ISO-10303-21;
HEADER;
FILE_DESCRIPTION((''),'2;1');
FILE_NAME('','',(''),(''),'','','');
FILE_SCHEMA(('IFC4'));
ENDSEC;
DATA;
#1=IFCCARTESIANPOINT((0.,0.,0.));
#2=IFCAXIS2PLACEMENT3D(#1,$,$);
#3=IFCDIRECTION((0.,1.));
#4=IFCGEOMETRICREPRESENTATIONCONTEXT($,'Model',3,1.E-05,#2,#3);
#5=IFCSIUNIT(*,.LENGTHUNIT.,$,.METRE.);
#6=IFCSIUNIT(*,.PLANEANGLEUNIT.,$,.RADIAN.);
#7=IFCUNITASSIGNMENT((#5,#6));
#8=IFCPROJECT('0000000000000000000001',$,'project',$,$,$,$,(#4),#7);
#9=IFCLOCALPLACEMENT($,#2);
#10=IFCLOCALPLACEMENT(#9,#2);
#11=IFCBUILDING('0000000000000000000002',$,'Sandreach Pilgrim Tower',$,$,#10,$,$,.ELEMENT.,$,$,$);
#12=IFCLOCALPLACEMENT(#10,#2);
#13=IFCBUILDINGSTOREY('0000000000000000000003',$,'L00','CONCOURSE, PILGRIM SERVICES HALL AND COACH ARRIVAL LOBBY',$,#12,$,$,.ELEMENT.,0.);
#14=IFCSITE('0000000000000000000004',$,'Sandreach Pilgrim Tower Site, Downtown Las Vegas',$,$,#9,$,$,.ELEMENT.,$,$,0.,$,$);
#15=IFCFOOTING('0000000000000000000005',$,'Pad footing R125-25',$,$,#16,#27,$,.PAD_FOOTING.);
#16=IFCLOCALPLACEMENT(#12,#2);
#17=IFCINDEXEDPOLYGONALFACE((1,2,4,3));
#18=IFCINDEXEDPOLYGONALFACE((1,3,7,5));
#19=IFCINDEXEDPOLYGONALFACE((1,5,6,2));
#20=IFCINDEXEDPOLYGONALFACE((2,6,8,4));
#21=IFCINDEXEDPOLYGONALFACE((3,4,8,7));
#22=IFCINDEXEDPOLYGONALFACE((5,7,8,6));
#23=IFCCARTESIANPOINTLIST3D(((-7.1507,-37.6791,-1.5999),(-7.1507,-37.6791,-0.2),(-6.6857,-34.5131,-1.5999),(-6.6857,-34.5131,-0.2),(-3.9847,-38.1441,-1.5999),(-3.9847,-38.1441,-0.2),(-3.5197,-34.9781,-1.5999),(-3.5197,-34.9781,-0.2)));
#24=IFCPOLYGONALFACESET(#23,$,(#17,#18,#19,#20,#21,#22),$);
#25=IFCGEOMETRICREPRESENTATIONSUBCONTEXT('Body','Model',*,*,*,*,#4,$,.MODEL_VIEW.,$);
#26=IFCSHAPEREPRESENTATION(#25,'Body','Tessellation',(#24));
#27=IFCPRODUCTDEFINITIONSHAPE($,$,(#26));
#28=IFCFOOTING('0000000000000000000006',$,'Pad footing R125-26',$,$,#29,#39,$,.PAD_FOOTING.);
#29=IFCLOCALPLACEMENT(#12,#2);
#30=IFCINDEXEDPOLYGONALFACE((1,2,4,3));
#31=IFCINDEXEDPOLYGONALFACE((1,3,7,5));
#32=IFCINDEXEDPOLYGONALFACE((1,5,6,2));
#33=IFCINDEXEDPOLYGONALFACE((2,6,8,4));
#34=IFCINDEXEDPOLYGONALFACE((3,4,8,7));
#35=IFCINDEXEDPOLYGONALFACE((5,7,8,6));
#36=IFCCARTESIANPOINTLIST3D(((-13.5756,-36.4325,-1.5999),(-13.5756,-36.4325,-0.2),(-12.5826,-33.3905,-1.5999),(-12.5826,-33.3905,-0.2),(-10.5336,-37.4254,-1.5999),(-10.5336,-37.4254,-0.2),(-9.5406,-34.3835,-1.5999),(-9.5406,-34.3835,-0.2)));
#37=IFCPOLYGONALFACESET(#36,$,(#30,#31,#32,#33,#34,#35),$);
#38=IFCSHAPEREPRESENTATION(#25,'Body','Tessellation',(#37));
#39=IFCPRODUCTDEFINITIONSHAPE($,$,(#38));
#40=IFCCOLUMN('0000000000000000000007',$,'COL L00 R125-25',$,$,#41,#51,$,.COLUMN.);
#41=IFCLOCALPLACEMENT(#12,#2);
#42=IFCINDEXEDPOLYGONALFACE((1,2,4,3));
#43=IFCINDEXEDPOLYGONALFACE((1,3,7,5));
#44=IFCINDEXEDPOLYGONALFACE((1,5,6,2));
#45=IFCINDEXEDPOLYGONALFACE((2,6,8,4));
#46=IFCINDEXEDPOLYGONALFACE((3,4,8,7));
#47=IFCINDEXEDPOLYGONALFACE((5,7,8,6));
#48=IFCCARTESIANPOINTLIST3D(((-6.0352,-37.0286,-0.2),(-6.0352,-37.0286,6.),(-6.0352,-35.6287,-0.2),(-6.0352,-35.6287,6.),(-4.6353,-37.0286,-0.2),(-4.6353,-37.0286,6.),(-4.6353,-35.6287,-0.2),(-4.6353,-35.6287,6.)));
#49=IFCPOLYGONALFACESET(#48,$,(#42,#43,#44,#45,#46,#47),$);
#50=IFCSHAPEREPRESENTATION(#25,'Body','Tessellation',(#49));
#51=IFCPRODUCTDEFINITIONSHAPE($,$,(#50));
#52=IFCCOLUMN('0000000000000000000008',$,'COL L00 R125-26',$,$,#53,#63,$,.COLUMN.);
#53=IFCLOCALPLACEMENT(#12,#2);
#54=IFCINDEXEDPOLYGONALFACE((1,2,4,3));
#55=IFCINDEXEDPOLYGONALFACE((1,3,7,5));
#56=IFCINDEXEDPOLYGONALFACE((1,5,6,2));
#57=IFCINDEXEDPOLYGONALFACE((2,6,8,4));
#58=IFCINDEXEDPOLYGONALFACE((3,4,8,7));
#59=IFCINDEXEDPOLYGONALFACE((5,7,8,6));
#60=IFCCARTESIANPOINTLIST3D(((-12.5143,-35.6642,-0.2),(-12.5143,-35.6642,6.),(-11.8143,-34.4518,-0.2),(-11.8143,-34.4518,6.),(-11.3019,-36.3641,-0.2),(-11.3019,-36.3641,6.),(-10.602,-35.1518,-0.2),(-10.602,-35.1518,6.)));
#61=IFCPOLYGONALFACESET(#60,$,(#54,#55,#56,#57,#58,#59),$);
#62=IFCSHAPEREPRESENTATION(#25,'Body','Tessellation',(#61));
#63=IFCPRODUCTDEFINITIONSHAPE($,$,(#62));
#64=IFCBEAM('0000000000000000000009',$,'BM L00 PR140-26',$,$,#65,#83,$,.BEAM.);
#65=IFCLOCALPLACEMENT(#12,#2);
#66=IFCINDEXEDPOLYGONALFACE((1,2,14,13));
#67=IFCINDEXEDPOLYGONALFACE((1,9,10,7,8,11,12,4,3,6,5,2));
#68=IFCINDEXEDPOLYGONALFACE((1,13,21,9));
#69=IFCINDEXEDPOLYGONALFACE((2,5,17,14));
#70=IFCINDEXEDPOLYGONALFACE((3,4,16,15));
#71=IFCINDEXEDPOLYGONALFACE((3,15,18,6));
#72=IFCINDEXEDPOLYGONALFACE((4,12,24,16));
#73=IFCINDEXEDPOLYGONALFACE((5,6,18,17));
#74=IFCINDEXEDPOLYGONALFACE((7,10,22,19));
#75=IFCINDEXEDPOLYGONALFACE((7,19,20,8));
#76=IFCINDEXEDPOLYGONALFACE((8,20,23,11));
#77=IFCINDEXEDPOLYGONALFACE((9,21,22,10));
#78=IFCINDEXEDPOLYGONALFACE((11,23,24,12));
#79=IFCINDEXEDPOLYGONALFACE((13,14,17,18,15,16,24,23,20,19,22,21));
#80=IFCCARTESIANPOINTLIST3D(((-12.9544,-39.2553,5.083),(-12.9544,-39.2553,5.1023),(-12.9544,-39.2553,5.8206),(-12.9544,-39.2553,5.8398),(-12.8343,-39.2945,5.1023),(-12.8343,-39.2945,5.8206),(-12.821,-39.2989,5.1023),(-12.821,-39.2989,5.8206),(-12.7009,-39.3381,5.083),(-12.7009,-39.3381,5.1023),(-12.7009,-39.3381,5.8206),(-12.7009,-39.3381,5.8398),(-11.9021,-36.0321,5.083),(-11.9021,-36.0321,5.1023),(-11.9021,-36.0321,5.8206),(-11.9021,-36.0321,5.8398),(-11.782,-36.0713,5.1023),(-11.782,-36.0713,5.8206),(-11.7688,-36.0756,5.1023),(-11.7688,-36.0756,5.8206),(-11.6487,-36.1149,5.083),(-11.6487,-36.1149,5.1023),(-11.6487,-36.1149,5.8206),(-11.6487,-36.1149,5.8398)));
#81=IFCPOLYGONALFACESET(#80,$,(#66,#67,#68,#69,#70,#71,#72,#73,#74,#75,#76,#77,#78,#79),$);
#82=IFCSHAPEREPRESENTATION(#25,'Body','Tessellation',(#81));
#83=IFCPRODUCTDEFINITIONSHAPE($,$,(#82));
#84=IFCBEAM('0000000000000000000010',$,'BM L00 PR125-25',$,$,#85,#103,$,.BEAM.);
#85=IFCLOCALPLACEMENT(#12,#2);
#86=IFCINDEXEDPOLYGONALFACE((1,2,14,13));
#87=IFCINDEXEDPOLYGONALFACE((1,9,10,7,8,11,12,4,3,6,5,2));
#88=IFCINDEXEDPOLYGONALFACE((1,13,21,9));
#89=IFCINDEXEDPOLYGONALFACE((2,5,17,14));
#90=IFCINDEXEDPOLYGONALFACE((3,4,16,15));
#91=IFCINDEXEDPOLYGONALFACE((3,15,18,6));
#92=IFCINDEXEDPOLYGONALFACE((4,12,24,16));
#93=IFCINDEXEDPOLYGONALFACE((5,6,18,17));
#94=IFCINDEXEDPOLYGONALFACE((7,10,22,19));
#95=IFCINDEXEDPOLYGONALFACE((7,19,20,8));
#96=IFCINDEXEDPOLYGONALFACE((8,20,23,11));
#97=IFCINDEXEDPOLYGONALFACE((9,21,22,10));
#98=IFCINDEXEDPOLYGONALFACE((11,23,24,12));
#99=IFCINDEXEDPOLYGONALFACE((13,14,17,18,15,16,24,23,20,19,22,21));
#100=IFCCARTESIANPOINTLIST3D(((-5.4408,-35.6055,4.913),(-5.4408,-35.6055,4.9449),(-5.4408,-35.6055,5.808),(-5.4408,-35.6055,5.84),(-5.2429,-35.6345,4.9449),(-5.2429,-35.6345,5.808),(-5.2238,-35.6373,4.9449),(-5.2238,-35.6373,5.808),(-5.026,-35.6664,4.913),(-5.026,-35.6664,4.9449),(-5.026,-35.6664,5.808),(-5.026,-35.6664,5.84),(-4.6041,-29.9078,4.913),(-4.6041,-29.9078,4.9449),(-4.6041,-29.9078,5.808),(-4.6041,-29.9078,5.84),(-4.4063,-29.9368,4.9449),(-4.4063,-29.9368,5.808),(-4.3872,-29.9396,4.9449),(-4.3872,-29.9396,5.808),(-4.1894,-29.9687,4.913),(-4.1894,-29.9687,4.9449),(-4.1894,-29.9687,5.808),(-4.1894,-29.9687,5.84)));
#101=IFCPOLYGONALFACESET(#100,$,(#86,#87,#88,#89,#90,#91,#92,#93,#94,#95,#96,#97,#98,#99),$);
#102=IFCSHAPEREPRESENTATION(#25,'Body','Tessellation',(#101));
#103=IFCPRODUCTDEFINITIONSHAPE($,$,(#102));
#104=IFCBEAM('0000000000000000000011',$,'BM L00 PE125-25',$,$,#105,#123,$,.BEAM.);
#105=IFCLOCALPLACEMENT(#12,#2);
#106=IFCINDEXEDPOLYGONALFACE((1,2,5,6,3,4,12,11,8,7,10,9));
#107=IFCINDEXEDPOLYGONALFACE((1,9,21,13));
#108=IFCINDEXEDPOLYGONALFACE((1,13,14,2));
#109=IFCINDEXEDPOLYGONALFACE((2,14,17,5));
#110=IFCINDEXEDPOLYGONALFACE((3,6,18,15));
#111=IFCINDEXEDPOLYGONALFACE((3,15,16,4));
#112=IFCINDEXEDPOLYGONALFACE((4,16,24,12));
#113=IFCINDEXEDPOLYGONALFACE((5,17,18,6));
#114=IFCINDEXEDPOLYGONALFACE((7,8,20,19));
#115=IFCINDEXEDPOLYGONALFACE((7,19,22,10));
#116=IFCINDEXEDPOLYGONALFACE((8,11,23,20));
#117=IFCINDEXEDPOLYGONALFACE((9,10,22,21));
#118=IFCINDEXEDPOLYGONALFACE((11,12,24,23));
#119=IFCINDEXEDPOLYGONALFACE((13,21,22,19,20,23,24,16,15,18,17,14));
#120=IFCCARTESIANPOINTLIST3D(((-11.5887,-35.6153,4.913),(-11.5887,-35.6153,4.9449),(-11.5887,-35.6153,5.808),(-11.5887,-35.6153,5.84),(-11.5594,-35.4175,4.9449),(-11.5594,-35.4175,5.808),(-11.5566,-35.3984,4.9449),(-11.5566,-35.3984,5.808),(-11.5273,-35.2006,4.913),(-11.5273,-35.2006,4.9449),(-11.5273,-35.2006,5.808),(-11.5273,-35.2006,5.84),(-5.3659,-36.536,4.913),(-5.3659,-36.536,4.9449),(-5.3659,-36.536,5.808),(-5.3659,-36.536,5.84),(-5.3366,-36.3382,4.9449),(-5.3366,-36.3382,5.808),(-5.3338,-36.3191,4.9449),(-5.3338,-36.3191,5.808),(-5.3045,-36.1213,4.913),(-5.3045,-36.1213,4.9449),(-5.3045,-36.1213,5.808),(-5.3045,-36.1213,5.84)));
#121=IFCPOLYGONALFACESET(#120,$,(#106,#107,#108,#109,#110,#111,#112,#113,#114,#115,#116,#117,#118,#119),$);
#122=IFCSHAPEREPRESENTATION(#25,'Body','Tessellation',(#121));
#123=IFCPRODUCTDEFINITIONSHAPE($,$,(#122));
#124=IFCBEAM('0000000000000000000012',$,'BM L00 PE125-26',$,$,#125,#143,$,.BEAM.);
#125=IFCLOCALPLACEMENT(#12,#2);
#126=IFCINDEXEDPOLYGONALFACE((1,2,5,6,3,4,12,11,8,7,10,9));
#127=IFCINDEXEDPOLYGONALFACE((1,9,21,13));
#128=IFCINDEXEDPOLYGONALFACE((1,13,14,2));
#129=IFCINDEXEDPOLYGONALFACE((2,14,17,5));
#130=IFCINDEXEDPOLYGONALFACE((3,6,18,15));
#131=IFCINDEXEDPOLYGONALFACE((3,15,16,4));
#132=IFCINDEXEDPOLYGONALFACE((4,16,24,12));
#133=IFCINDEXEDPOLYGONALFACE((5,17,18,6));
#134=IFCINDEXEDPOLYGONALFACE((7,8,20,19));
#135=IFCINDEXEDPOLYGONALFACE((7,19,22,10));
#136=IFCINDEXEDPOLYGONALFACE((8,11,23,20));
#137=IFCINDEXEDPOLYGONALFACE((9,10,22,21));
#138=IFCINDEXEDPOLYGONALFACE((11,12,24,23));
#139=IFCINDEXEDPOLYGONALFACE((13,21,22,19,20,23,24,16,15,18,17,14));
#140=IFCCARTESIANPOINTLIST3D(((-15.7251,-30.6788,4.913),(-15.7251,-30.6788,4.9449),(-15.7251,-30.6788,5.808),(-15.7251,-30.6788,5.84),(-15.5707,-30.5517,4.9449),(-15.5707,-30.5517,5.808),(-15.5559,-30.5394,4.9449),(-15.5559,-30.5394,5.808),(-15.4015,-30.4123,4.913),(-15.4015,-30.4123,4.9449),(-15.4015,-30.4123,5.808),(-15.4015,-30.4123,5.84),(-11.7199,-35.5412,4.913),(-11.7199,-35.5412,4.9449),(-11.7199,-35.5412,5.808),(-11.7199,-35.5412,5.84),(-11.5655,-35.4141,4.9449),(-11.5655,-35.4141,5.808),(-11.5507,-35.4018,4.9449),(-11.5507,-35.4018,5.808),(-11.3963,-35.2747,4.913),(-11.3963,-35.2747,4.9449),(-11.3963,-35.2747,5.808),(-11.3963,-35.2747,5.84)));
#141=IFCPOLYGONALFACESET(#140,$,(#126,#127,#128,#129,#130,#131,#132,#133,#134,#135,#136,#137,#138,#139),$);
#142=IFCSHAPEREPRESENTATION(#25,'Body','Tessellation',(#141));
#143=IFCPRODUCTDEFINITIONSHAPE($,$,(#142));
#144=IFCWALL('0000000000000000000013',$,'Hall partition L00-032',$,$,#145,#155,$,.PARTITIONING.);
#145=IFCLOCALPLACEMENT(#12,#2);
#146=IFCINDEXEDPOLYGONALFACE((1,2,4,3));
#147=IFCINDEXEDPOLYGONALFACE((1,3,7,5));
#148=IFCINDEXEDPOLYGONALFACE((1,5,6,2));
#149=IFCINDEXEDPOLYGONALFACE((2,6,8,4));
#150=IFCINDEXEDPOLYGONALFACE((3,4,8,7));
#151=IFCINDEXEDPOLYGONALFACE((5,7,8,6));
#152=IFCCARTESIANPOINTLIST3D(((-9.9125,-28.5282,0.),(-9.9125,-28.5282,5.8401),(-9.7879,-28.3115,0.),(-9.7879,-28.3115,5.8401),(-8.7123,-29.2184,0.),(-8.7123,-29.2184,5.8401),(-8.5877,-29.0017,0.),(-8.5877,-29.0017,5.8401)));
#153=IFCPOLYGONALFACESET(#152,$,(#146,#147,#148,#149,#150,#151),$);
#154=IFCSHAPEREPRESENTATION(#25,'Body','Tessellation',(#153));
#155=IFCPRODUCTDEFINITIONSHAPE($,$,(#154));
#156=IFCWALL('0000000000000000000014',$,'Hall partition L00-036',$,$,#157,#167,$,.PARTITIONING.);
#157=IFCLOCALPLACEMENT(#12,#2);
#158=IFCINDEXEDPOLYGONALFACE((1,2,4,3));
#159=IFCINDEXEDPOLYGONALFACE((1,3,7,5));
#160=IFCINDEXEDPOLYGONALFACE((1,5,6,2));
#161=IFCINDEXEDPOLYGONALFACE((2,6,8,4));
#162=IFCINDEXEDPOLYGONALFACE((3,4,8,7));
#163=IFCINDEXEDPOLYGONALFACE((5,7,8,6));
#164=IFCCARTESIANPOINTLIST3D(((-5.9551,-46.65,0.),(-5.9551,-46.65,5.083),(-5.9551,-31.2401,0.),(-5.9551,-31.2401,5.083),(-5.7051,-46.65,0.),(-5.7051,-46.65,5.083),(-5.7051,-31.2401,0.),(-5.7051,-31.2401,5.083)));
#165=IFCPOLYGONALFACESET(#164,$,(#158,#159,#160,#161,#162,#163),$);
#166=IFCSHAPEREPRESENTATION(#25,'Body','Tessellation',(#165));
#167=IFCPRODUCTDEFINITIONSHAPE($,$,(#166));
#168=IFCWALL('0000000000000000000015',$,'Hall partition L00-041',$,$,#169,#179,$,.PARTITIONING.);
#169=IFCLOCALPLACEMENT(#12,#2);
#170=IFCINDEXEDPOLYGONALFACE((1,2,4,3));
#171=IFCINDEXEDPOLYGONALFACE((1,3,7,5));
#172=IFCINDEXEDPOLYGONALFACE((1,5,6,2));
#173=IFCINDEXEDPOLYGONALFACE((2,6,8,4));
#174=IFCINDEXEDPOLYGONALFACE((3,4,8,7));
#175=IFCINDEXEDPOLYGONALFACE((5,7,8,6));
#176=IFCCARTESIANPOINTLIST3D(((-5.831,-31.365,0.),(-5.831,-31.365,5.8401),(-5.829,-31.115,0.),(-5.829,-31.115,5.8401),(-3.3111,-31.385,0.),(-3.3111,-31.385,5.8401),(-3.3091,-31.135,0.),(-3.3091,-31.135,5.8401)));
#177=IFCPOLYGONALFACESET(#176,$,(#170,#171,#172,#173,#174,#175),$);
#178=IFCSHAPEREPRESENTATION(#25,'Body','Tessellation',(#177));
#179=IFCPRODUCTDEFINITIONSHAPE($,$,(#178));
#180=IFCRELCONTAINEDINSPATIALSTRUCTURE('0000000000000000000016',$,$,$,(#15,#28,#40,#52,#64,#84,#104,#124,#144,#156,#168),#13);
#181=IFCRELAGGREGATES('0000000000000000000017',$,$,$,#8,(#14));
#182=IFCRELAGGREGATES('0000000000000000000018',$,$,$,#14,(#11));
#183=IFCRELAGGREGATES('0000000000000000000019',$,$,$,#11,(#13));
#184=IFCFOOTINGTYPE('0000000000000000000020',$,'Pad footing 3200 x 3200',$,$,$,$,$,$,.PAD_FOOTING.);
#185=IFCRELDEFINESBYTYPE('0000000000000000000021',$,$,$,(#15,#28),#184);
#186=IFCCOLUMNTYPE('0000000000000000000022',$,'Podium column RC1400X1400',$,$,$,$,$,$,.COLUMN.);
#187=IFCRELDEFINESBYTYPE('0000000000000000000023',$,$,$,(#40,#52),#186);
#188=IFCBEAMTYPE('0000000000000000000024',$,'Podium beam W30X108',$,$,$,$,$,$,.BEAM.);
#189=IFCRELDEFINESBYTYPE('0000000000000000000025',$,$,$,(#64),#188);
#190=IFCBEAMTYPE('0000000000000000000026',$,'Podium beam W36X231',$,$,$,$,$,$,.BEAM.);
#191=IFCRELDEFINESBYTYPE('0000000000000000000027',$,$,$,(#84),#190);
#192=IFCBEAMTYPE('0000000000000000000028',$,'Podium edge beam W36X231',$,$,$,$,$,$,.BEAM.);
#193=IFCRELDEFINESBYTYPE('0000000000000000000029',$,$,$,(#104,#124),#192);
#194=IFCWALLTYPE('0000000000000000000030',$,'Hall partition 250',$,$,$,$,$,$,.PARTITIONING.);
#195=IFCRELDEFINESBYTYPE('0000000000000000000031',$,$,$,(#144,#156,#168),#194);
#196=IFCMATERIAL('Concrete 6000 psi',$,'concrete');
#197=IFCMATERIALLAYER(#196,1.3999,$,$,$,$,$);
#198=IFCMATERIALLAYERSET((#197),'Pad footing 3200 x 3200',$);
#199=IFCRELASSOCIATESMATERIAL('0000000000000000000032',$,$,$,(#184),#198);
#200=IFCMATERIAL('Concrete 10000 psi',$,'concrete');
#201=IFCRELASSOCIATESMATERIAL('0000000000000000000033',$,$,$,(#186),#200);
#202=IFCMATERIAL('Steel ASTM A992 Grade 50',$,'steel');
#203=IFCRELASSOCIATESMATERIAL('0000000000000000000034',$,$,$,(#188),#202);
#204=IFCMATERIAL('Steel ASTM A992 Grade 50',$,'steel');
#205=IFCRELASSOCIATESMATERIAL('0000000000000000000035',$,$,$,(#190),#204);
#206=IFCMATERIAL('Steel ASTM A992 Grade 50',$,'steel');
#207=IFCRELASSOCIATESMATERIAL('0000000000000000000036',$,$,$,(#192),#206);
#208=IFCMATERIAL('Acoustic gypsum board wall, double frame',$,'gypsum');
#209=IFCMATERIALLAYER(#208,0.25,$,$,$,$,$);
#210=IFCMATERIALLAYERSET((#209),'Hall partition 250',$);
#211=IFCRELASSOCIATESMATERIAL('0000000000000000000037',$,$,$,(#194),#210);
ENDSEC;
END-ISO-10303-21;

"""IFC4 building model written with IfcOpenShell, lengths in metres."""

from ifc_helpers import new_model, si_unit, direction, frame, frame_2d, origin, origin_2d, place, context, subcontext, project, spatial, rectangle, i_section, extrude, material, layer, layer_set, material_profile, profile_set, type_object, element, save


model = new_model("IFC4")

# Units and contexts
model_context = context("Model", 3, precision=1e-05, world=origin(), true_north=direction((0.0, 1.0)))
body_context = subcontext(model_context, "Body", "Model", "MODEL_VIEW")
ifc_project = project(units=[si_unit("LENGTHUNIT", "METRE"), si_unit("PLANEANGLEUNIT", "RADIAN")], contexts=[model_context])

# Site, building, storey
site_placement = place(None, origin())
site = spatial("IfcSite", under=ifc_project, at=site_placement, Name="Sandreach Pilgrim Tower Site, Downtown Las Vegas", CompositionType="ELEMENT", RefElevation=0.0)
building_placement = place(site_placement, origin())
building = spatial("IfcBuilding", under=site, at=building_placement, Name="Sandreach Pilgrim Tower", CompositionType="ELEMENT")
storey_placement = place(building_placement, origin())
storey = spatial("IfcBuildingStorey", under=building, at=storey_placement, Name="L00", Description="CONCOURSE, PILGRIM SERVICES HALL AND COACH ARRIVAL LOBBY", CompositionType="ELEMENT", Elevation=0.0)

# Footings
ifc_material_1 = material(Name="Concrete 6000 psi", Category="concrete")
ifc_layer_1 = layer(ifc_material_1, 1.3999)
ifc_layer_set_1 = layer_set([ifc_layer_1], Name="Pad footing 3200 x 3200")
footing_type = type_object("IfcFootingType", Name="Pad footing 3200 x 3200", PredefinedType="PAD_FOOTING", material=ifc_layer_set_1)
for number, where, z_axis, x_axis, name in (
    (1, (-5.3352, -36.3286, -1.5999), (0.0, 0.0, 1.0), (-0.1453, -0.989388, 0.0), "Pad footing R125-25"),
    (2, (-11.5581, -35.408, -1.5999), (0.0, 0.0, 1.0), (-0.310313, -0.950635, 0.0), "Pad footing R125-26"),
):
    element("IfcFooting", number, at=place(storey_placement, frame(where, z_axis=z_axis, x_axis=x_axis)), inside=storey, type_object=footing_type, Name=name, PredefinedType="PAD_FOOTING", context=body_context, shape_type="SweptSolid", body=[
        extrude(rectangle(XDim=3.2, YDim=3.2, at=origin_2d()), origin(), (0.0, 0.0, 1.0), 1.3999),
    ])

# Columns
ifc_material_2 = material(Name="Concrete 10000 psi", Category="concrete")
ifc_material_profile_1 = material_profile(ifc_material_2, rectangle(XDim=1.3999, YDim=1.3999, at=origin_2d()), Name="RC1400X1400")
ifc_profile_set_1 = profile_set([ifc_material_profile_1], Name="Concrete 10000 psi")
column_type = type_object("IfcColumnType", Name="Podium column RC1400X1400", PredefinedType="COLUMN", material=ifc_profile_set_1)
for number, where, z_axis, x_axis, name in (
    (3, (-5.3352, -36.3286, -0.2), (0.0, 0.0, 1.0), (0.0, -1.0, 0.0), "COL L00 R125-25"),
    (4, (-11.5581, -35.408, -0.2), (0.0, 0.0, 1.0), (-0.5, -0.866025, 0.0), "COL L00 R125-26"),
):
    element("IfcColumn", number, at=place(storey_placement, frame(where, z_axis=z_axis, x_axis=x_axis)), inside=storey, type_object=column_type, Name=name, PredefinedType="COLUMN", context=body_context, shape_type="SweptSolid", body=[
        extrude(rectangle(XDim=1.3999, YDim=1.3999, at=origin_2d()), origin(), (0.0, 0.0, 1.0), 6.2),
    ])

# Beams
ifc_material_3 = material(Name="Steel ASTM A992 Grade 50", Category="steel")
ifc_material_profile_2 = material_profile(ifc_material_3, i_section(OverallWidth=0.2666, OverallDepth=0.7568, WebThickness=0.0139, FlangeThickness=0.0193, at=origin_2d()), Name="W30X108")
ifc_profile_set_2 = profile_set([ifc_material_profile_2], Name="Steel ASTM A992 Grade 50")
beam_type_1 = type_object("IfcBeamType", Name="Podium beam W30X108", PredefinedType="BEAM", material=ifc_profile_set_2)
beam_1_placement = place(storey_placement, frame((-11.7754, -36.0735, 5.4614), z_axis=(-0.310346, -0.950624, 0.0), x_axis=(0.950624, -0.310346, 0.0)))
element("IfcBeam", 5, at=beam_1_placement, inside=storey, type_object=beam_type_1, Name="BM L00 PR140-26", PredefinedType="BEAM", context=body_context, shape_type="SweptSolid", body=[
    extrude(i_section(OverallWidth=0.2666, OverallDepth=0.7568, WebThickness=0.0139, FlangeThickness=0.0193, at=origin_2d()), origin(), (0.0, 0.0, 1.0), 3.3906),
])
ifc_material_4 = material(Name="Steel ASTM A992 Grade 50", Category="steel")
ifc_material_profile_3 = material_profile(ifc_material_4, i_section(OverallWidth=0.4192, OverallDepth=0.927, WebThickness=0.0193, FlangeThickness=0.032, at=origin_2d()), Name="W36X231")
ifc_profile_set_3 = profile_set([ifc_material_profile_3], Name="Steel ASTM A992 Grade 50")
beam_type_2 = type_object("IfcBeamType", Name="Podium beam W36X231", PredefinedType="BEAM", material=ifc_profile_set_3)
beam_2_placement = place(storey_placement, frame((-4.3967, -29.9382, 5.3765), z_axis=(-0.145284, -0.98939, 0.0), x_axis=(0.98939, -0.145284, 0.0)))
element("IfcBeam", 6, at=beam_2_placement, inside=storey, type_object=beam_type_2, Name="BM L00 PR125-25", PredefinedType="BEAM", context=body_context, shape_type="SweptSolid", body=[
    extrude(i_section(OverallWidth=0.4192, OverallDepth=0.927, WebThickness=0.0193, FlangeThickness=0.032, at=origin_2d()), origin(), (0.0, 0.0, 1.0), 5.7588),
])
ifc_material_5 = material(Name="Steel ASTM A992 Grade 50", Category="steel")
ifc_material_profile_4 = material_profile(ifc_material_5, i_section(OverallWidth=0.4192, OverallDepth=0.927, WebThickness=0.0193, FlangeThickness=0.032, at=origin_2d()), Name="W36X231")
ifc_profile_set_4 = profile_set([ifc_material_profile_4], Name="Steel ASTM A992 Grade 50")
beam_type_3 = type_object("IfcBeamType", Name="Podium edge beam W36X231", PredefinedType="BEAM", material=ifc_profile_set_4)
beam_3_placement = place(storey_placement, frame((-5.3352, -36.3286, 5.3765), z_axis=(-0.989232, 0.146353, 0.0), x_axis=(-0.146353, -0.989232, 0.0)))
element("IfcBeam", 7, at=beam_3_placement, inside=storey, type_object=beam_type_3, Name="BM L00 PE125-25", PredefinedType="BEAM", context=body_context, shape_type="SweptSolid", body=[
    extrude(i_section(OverallWidth=0.4192, OverallDepth=0.927, WebThickness=0.0193, FlangeThickness=0.032, at=origin_2d()), origin(), (0.0, 0.0, 1.0), 6.2905),
])
beam_4_placement = place(storey_placement, frame((-11.5581, -35.408, 5.3765), z_axis=(-0.63579, 0.771862, 0.0), x_axis=(-0.771862, -0.63579, 0.0)))
element("IfcBeam", 8, at=beam_4_placement, inside=storey, type_object=beam_type_3, Name="BM L00 PE125-26", PredefinedType="BEAM", context=body_context, shape_type="SweptSolid", body=[
    extrude(i_section(OverallWidth=0.4192, OverallDepth=0.927, WebThickness=0.0193, FlangeThickness=0.032, at=origin_2d()), origin(), (0.0, 0.0, 1.0), 6.2996),
])

# Walls
ifc_material_6 = material(Name="Acoustic gypsum board wall, double frame", Category="gypsum")
ifc_layer_2 = layer(ifc_material_6, 0.25)
ifc_layer_set_2 = layer_set([ifc_layer_2], Name="Hall partition 250")
wall_type_1 = type_object("IfcWallType", Name="Hall partition 250", PredefinedType="PARTITIONING", material=ifc_layer_set_2)
wall_1_placement = place(storey_placement, frame((-8.6499, -29.1101, 0.0), z_axis=(0.0, 0.0, 1.0), x_axis=(-0.866883, 0.498511, 0.0)))
element("IfcWall", 9, at=wall_1_placement, inside=storey, type_object=wall_type_1, Name="Hall partition L00-032", PredefinedType="PARTITIONING", context=body_context, shape_type="SweptSolid", body=[
    extrude(rectangle(XDim=1.3845, YDim=0.25, at=frame_2d((0.6924, 0.0))), origin(), (0.0, 0.0, 1.0), 5.8401),
])
wall_2_placement = place(storey_placement, frame((-5.8301, -31.24, 0.0), z_axis=(0.0, 0.0, 1.0), x_axis=(0.0, -1.0, 0.0)))
element("IfcWall", 10, at=wall_2_placement, inside=storey, type_object=wall_type_1, Name="Hall partition L00-036", PredefinedType="PARTITIONING", context=body_context, shape_type="SweptSolid", body=[
    extrude(rectangle(XDim=15.4099, YDim=0.25, at=frame_2d((7.7051, 0.0))), origin(), (0.0, 0.0, 1.0), 5.083),
])
wall_3_placement = place(storey_placement, frame((-3.3101, -31.26, 0.0), z_axis=(0.0, 0.0, 1.0), x_axis=(-0.999968, 0.007944, 0.0)))
element("IfcWall", 11, at=wall_3_placement, inside=storey, type_object=wall_type_1, Name="Hall partition L00-041", PredefinedType="PARTITIONING", context=body_context, shape_type="SweptSolid", body=[
    extrude(rectangle(XDim=2.52, YDim=0.25, at=frame_2d((1.26, 0.0))), origin(), (0.0, 0.0, 1.0), 5.8401),
])

save(model, "model.ifc")
